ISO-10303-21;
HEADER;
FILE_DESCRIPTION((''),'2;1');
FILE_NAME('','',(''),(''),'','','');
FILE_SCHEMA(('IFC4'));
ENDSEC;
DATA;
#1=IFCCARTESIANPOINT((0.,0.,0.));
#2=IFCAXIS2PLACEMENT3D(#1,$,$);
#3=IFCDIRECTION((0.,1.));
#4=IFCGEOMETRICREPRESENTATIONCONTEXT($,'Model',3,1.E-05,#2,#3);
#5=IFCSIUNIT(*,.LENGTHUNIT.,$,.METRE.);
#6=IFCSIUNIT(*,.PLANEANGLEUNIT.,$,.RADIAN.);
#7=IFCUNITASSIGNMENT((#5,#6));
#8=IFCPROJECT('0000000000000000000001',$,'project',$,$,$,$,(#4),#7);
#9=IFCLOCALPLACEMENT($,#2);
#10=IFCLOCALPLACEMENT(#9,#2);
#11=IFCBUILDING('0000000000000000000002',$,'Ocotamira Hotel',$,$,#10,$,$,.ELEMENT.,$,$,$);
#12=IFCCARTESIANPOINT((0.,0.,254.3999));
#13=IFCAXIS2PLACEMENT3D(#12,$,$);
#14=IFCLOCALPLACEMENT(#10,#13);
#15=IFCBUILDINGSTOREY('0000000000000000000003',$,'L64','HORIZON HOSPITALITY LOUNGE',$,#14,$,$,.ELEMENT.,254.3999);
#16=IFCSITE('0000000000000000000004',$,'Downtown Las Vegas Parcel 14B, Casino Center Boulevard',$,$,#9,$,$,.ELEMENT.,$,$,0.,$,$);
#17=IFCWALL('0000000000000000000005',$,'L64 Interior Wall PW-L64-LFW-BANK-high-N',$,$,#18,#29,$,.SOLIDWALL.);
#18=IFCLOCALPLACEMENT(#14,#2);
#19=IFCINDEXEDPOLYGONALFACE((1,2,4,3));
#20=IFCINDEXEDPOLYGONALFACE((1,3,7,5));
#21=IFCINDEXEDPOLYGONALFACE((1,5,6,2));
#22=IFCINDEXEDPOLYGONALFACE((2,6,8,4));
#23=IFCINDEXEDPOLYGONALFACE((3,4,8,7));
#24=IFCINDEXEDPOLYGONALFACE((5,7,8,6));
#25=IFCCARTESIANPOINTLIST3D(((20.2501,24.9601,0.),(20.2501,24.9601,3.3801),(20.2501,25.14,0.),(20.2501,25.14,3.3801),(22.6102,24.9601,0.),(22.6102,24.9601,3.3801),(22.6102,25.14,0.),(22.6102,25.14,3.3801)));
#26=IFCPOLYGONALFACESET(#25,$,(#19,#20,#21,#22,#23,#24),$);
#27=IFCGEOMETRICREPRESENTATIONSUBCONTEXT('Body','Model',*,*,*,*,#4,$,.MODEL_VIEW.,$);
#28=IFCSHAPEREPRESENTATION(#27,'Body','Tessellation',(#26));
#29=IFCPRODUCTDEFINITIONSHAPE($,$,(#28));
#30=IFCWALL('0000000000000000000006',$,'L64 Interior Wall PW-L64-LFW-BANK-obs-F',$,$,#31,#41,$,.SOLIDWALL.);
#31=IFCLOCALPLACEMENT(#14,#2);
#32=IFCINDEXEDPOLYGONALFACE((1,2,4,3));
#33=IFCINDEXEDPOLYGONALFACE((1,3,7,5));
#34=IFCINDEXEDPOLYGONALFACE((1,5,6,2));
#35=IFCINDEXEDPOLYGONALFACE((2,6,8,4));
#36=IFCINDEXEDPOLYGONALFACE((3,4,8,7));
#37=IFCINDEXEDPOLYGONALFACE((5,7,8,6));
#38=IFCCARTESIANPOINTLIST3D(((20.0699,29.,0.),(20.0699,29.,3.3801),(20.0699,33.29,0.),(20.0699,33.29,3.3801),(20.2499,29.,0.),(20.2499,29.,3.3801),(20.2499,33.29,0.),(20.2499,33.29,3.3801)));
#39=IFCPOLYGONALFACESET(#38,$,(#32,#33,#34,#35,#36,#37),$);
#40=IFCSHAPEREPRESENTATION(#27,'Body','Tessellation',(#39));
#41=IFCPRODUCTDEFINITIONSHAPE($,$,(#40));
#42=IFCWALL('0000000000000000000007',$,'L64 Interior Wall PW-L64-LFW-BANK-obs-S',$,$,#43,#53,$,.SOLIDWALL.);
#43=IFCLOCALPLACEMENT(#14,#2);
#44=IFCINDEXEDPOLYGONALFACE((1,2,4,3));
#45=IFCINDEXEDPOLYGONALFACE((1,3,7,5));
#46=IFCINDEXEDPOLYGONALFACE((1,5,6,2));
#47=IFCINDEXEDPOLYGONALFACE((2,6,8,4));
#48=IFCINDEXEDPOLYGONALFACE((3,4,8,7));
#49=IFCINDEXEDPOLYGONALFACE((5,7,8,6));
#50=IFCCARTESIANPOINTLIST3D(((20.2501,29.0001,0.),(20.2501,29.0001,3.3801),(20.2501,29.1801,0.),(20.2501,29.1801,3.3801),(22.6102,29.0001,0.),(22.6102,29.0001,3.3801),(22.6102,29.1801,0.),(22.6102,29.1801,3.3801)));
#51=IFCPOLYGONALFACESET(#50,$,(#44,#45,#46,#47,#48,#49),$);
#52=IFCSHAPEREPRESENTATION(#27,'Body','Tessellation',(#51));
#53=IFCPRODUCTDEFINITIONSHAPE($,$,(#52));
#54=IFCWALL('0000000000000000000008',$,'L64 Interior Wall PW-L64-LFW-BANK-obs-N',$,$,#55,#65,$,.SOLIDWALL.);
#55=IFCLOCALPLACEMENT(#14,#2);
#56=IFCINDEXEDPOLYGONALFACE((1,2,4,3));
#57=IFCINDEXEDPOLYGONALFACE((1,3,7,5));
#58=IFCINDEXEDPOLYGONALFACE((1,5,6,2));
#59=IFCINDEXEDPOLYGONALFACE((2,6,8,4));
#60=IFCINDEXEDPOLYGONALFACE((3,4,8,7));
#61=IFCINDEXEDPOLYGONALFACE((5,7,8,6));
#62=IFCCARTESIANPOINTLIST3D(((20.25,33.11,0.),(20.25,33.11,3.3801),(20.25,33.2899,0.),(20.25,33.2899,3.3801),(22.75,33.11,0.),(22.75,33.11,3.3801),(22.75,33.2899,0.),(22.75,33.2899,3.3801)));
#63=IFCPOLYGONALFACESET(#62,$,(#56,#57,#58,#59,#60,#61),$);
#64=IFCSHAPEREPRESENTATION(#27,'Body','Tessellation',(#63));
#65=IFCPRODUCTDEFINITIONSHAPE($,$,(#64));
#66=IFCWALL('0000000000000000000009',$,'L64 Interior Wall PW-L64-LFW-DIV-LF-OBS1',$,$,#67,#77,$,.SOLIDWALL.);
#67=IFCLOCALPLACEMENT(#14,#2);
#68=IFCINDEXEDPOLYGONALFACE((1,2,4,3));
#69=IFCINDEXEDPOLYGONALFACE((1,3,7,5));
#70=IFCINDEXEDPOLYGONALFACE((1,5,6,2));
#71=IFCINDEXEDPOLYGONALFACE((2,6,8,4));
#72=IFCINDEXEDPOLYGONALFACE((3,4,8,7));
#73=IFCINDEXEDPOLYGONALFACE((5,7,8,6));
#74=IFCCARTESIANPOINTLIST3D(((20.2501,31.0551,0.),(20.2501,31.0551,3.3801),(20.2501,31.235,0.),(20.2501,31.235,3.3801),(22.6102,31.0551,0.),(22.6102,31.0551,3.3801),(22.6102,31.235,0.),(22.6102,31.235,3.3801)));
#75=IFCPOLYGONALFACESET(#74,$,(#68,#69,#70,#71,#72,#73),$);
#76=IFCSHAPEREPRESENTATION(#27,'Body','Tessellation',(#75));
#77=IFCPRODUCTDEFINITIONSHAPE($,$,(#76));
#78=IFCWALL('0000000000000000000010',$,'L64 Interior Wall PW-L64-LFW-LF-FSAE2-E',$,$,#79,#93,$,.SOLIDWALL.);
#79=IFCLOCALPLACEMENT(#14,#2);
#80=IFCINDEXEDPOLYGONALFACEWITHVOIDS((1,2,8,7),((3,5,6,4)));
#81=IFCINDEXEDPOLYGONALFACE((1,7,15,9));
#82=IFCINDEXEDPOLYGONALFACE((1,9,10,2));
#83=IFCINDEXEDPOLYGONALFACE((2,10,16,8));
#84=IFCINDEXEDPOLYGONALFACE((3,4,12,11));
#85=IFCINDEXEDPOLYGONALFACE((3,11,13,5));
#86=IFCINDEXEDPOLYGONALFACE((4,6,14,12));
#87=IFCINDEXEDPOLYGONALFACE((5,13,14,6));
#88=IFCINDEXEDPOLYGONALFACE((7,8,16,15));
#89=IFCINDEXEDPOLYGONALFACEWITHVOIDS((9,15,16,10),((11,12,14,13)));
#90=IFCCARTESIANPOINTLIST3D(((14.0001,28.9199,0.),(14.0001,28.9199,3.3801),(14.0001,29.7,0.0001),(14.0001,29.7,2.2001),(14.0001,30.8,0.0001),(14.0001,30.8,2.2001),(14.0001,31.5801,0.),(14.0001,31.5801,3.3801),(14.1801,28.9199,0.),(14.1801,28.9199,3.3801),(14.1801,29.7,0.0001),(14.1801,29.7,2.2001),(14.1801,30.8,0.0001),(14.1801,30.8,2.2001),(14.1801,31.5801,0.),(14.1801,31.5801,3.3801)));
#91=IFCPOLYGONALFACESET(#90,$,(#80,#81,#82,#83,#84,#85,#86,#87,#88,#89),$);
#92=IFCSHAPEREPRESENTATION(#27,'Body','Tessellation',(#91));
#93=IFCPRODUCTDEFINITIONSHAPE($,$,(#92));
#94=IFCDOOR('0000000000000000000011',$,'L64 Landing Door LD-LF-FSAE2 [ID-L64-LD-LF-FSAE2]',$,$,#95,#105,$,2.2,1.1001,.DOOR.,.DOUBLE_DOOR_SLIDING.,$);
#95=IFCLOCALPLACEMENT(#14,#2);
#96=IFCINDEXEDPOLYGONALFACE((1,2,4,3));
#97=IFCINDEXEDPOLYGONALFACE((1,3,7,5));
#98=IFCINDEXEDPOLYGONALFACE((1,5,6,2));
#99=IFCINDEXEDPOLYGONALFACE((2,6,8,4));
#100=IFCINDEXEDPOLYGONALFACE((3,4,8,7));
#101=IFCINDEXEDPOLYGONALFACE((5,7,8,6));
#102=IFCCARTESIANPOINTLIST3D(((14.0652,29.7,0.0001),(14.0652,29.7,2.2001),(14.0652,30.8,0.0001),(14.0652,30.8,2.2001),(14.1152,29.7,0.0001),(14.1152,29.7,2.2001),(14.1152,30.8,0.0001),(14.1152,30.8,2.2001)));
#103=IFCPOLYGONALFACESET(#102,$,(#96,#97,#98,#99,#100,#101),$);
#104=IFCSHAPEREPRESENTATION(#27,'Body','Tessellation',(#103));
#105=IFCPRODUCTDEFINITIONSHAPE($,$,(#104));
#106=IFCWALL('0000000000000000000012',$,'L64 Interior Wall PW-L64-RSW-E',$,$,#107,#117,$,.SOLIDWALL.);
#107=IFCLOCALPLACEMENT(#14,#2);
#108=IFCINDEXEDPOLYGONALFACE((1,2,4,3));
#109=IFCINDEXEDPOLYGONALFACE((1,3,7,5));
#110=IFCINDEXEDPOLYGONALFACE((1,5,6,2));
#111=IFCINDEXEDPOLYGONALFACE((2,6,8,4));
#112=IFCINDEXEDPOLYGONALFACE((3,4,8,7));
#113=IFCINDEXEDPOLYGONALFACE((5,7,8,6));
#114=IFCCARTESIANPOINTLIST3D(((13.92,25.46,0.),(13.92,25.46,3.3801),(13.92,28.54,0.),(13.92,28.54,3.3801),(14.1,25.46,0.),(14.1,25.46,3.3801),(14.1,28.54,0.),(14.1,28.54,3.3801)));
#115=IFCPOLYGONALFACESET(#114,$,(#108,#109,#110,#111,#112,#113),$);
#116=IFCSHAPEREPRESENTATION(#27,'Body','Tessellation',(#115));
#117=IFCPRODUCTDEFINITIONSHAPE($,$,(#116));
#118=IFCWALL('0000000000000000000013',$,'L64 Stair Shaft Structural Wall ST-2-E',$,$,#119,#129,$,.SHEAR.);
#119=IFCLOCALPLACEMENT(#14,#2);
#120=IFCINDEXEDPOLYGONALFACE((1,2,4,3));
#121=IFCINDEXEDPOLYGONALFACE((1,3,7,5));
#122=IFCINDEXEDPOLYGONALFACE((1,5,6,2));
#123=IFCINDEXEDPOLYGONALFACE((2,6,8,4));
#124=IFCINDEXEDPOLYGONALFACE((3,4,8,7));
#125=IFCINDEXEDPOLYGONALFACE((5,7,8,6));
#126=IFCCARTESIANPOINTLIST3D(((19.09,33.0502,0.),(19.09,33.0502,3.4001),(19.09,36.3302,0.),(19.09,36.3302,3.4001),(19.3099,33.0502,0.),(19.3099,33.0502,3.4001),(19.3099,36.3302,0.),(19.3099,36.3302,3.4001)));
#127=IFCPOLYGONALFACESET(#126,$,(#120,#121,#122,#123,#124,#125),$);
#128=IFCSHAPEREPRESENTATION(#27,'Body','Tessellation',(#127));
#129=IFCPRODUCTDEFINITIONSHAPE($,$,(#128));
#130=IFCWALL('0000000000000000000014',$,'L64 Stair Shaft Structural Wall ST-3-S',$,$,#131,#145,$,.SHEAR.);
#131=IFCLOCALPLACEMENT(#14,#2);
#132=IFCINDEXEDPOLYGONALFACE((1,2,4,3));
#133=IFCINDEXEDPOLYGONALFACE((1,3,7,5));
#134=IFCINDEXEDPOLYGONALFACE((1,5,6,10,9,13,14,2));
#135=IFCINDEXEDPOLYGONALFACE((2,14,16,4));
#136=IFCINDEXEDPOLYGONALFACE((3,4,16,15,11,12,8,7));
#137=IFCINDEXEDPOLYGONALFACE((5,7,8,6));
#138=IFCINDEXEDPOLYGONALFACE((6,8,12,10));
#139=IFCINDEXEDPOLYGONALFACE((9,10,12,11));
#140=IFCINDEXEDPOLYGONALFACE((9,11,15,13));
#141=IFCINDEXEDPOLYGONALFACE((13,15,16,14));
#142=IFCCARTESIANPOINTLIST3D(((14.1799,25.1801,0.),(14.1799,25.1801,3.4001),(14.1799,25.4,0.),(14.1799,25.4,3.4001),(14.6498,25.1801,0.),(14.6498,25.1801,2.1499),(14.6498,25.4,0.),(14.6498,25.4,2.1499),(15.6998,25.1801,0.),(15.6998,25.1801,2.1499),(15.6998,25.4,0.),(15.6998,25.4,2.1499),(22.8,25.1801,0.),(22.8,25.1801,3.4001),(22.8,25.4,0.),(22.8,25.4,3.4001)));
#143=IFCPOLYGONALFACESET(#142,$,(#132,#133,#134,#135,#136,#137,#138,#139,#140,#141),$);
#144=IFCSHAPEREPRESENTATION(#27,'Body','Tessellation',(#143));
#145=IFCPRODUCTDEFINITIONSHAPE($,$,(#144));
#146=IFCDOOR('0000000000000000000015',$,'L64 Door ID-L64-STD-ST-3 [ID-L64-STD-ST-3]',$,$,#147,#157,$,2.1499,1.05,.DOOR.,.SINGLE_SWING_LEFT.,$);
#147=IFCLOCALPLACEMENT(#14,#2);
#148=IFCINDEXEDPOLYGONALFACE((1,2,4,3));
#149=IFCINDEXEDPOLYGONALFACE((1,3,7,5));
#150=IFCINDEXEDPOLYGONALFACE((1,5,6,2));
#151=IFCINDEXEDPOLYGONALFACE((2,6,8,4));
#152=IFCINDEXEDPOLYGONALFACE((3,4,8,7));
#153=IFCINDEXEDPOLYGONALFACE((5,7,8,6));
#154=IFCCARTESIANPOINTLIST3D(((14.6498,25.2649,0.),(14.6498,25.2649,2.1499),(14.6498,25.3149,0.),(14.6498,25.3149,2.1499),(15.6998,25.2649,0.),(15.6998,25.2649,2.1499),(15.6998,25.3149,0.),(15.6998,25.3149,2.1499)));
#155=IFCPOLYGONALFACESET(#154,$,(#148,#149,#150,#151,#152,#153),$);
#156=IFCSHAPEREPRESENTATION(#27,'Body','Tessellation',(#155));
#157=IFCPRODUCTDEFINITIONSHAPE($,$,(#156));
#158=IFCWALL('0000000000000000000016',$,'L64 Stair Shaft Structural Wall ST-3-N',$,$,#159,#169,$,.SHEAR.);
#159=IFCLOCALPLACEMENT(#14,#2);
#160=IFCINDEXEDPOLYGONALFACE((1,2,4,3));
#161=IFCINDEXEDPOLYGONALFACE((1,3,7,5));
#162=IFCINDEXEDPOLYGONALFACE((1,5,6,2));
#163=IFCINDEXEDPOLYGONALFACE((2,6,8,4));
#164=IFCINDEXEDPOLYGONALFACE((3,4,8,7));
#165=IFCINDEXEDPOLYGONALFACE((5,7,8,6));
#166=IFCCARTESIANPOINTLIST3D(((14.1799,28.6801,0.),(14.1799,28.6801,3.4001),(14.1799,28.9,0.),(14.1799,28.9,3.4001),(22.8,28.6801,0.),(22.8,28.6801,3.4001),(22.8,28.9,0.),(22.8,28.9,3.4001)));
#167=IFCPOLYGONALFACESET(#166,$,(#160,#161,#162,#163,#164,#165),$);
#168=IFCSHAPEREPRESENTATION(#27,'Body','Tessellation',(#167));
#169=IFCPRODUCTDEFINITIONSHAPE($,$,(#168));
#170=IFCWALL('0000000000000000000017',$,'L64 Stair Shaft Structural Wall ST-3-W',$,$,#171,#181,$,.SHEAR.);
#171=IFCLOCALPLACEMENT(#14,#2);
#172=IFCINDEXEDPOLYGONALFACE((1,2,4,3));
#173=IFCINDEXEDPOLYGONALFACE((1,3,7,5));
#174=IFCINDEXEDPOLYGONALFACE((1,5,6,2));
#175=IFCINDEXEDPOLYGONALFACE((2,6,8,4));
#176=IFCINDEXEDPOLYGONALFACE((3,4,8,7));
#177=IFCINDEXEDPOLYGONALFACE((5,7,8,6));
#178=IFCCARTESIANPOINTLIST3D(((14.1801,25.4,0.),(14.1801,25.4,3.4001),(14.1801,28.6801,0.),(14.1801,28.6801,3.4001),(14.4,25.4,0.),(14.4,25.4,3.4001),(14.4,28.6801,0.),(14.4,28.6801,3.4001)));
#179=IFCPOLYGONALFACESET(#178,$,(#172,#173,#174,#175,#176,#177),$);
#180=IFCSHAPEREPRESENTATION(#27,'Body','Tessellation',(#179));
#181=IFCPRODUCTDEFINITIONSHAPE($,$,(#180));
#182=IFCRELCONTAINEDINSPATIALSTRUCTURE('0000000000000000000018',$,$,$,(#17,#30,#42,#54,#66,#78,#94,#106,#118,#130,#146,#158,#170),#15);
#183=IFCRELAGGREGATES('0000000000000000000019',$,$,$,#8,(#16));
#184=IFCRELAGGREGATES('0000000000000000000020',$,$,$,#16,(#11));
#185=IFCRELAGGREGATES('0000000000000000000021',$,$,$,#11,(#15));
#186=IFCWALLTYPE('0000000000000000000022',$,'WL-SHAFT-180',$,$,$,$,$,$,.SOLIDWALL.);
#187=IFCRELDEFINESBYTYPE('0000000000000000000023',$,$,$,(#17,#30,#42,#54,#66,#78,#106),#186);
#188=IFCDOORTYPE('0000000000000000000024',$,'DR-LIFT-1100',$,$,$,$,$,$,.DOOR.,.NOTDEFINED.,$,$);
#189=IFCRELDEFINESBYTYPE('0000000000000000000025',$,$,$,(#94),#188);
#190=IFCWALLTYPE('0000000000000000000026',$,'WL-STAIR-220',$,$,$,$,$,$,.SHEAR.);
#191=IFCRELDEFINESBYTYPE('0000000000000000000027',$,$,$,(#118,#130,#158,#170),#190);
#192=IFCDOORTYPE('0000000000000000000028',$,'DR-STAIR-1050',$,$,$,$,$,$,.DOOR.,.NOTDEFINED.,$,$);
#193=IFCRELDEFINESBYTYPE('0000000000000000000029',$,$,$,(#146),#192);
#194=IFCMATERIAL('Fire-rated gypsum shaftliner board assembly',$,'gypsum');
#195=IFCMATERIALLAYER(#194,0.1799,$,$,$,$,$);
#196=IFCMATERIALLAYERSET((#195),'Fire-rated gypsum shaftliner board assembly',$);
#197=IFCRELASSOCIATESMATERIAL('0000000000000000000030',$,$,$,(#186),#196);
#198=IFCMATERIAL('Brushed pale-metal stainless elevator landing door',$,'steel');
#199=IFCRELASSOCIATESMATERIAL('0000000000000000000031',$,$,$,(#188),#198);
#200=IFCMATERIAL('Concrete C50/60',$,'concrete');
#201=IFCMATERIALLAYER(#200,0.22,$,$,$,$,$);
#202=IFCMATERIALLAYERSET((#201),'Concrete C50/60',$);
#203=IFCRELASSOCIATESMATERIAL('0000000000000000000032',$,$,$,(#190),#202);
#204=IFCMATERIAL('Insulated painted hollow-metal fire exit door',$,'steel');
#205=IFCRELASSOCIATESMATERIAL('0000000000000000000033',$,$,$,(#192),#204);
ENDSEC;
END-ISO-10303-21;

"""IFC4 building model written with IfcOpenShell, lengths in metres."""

from ifc_helpers import new_model, si_unit, direction, frame, frame_2d, origin, place, context, subcontext, project, spatial, rectangle, extrude, source, transform, mapped, material, layer, layer_set, type_object, element, fill, save


model = new_model("IFC4")

# Units and contexts
model_context = context("Model", 3, precision=1e-05, world=origin(), true_north=direction((0.0, 1.0)))
body_context = subcontext(model_context, "Body", "Model", "MODEL_VIEW")
ifc_project = project(units=[si_unit("LENGTHUNIT", "METRE"), si_unit("PLANEANGLEUNIT", "RADIAN")], contexts=[model_context])

# Site, building, storey
site_placement = place(None, origin())
site = spatial("IfcSite", under=ifc_project, at=site_placement, Name="Downtown Las Vegas Parcel 14B, Casino Center Boulevard", CompositionType="ELEMENT", RefElevation=0.0)
building_placement = place(site_placement, origin())
building = spatial("IfcBuilding", under=site, at=building_placement, Name="Ocotamira Hotel", CompositionType="ELEMENT")
storey_placement = place(building_placement, frame((0.0, 0.0, 254.3999)))
storey = spatial("IfcBuildingStorey", under=building, at=storey_placement, Name="L64", Description="HORIZON HOSPITALITY LOUNGE", CompositionType="ELEMENT", Elevation=254.3999)

# Walls
ifc_material_1 = material(Name="Fire-rated gypsum shaftliner board assembly", Category="gypsum")
ifc_layer_1 = layer(ifc_material_1, 0.1799)
ifc_layer_set_1 = layer_set([ifc_layer_1], Name="Fire-rated gypsum shaftliner board assembly")
wall_type_1 = type_object("IfcWallType", Name="WL-SHAFT-180", PredefinedType="SOLIDWALL", material=ifc_layer_set_1)
wall_1_placement = place(storey_placement, frame((20.25, 25.05, 0.0), z_axis=(0.0, 0.0, 1.0), x_axis=(1.0, 0.0, 0.0)))
element("IfcWall", 1, at=wall_1_placement, inside=storey, type_object=wall_type_1, Name="L64 Interior Wall PW-L64-LFW-BANK-high-N", PredefinedType="SOLIDWALL", context=body_context, shape_type="SweptSolid", body=[
    extrude(rectangle(XDim=2.3601, YDim=0.1799, at=frame_2d((1.1802, 0.0))), origin(), (0.0, 0.0, 1.0), 3.3801),
])
wall_2_placement = place(storey_placement, frame((20.1599, 29.0, 0.0), z_axis=(0.0, 0.0, 1.0), x_axis=(0.0, 1.0, 0.0)))
element("IfcWall", 2, at=wall_2_placement, inside=storey, type_object=wall_type_1, Name="L64 Interior Wall PW-L64-LFW-BANK-obs-F", PredefinedType="SOLIDWALL", context=body_context, shape_type="SweptSolid", body=[
    extrude(rectangle(XDim=4.29, YDim=0.1799, at=frame_2d((2.145, 0.0))), origin(), (0.0, 0.0, 1.0), 3.3801),
])
wall_3_placement = place(storey_placement, frame((20.25, 29.0901, 0.0), z_axis=(0.0, 0.0, 1.0), x_axis=(1.0, 0.0, 0.0)))
element("IfcWall", 3, at=wall_3_placement, inside=storey, type_object=wall_type_1, Name="L64 Interior Wall PW-L64-LFW-BANK-obs-S", PredefinedType="SOLIDWALL", context=body_context, shape_type="SweptSolid", body=[
    extrude(rectangle(XDim=2.3601, YDim=0.1799, at=frame_2d((1.1802, 0.0))), origin(), (0.0, 0.0, 1.0), 3.3801),
])
wall_4_placement = place(storey_placement, frame((20.25, 33.2, 0.0), z_axis=(0.0, 0.0, 1.0), x_axis=(1.0, 0.0, 0.0)))
element("IfcWall", 4, at=wall_4_placement, inside=storey, type_object=wall_type_1, Name="L64 Interior Wall PW-L64-LFW-BANK-obs-N", PredefinedType="SOLIDWALL", context=body_context, shape_type="SweptSolid", body=[
    extrude(rectangle(XDim=2.5, YDim=0.1799, at=frame_2d((1.25, 0.0))), origin(), (0.0, 0.0, 1.0), 3.3801),
])
wall_5_placement = place(storey_placement, frame((20.25, 31.145, 0.0), z_axis=(0.0, 0.0, 1.0), x_axis=(1.0, 0.0, 0.0)))
element("IfcWall", 5, at=wall_5_placement, inside=storey, type_object=wall_type_1, Name="L64 Interior Wall PW-L64-LFW-DIV-LF-OBS1", PredefinedType="SOLIDWALL", context=body_context, shape_type="SweptSolid", body=[
    extrude(rectangle(XDim=2.3601, YDim=0.1799, at=frame_2d((1.1802, 0.0))), origin(), (0.0, 0.0, 1.0), 3.3801),
])

# Wall, opening, door
wall_6_placement = place(storey_placement, frame((14.0901, 28.9199, 0.0), z_axis=(0.0, 0.0, 1.0), x_axis=(0.0, 1.0, 0.0)))
wall_6 = element("IfcWall", 6, at=wall_6_placement, inside=storey, type_object=wall_type_1, Name="L64 Interior Wall PW-L64-LFW-LF-FSAE2-E", PredefinedType="SOLIDWALL", context=body_context, shape_type="SweptSolid", body=[
    extrude(rectangle(XDim=2.6602, YDim=0.1799, at=frame_2d((1.3301, 0.0))), origin(), (0.0, 0.0, 1.0), 3.3801),
])
opening_1_placement = place(wall_6_placement, frame((0.78, 0.0, 0.0)))
opening_1 = element("IfcOpeningElement", 7, at=opening_1_placement, cuts=wall_6, PredefinedType="OPENING", context=body_context, shape_type="SweptSolid", body=[
    extrude(rectangle(XDim=1.1001, YDim=2.2, at=frame_2d((0.55, 1.1001))), frame((0.0, 0.1001, 0.0), z_axis=(0.0, -1.0, 0.0), x_axis=(1.0, 0.0, 0.0)), (0.0, 0.0, 1.0), 0.2),
])
ifc_material_2 = material(Name="Brushed pale-metal stainless elevator landing door", Category="steel")
door_type_1 = type_object("IfcDoorType", Name="DR-LIFT-1100", OperationType="NOTDEFINED", PredefinedType="DOOR", material=ifc_material_2)
shared_shape_1 = source(origin(), body_context, "Body", "SweptSolid", [
    extrude(rectangle(XDim=1.1001, YDim=2.2, at=frame_2d((0.55, 1.1001))), frame((0.0, 0.0249, 0.0), z_axis=(0.0, -1.0, 0.0), x_axis=(1.0, 0.0, 0.0)), (0.0, 0.0, 1.0), 0.05),
])
door_1_placement = place(opening_1_placement, origin())
door_1 = element("IfcDoor", 8, at=door_1_placement, inside=storey, type_object=door_type_1, Name="L64 Landing Door LD-LF-FSAE2 [ID-L64-LD-LF-FSAE2]", OperationType="DOUBLE_DOOR_SLIDING", OverallHeight=2.2, OverallWidth=1.1001, PredefinedType="DOOR", context=body_context, shape_type="MappedRepresentation", body=[
    mapped(shared_shape_1, transform((0.0, 0.0, 0.0), scale=1.0)),
])
fill(opening_1, door_1)

# Walls
wall_7_placement = place(storey_placement, frame((14.01, 25.46, 0.0), z_axis=(0.0, 0.0, 1.0), x_axis=(0.0, 1.0, 0.0)))
element("IfcWall", 9, at=wall_7_placement, inside=storey, type_object=wall_type_1, Name="L64 Interior Wall PW-L64-RSW-E", PredefinedType="SOLIDWALL", context=body_context, shape_type="SweptSolid", body=[
    extrude(rectangle(XDim=3.0801, YDim=0.1799, at=frame_2d((1.54, 0.0))), origin(), (0.0, 0.0, 1.0), 3.3801),
])
ifc_material_3 = material(Name="Concrete C50/60", Category="concrete")
ifc_layer_2 = layer(ifc_material_3, 0.22)
ifc_layer_set_2 = layer_set([ifc_layer_2], Name="Concrete C50/60")
wall_type_2 = type_object("IfcWallType", Name="WL-STAIR-220", PredefinedType="SHEAR", material=ifc_layer_set_2)
wall_8_placement = place(storey_placement, frame((19.2, 33.05, 0.0), z_axis=(0.0, 0.0, 1.0), x_axis=(0.0, 1.0, 0.0)))
element("IfcWall", 10, at=wall_8_placement, inside=storey, type_object=wall_type_2, Name="L64 Stair Shaft Structural Wall ST-2-E", PredefinedType="SHEAR", context=body_context, shape_type="SweptSolid", body=[
    extrude(rectangle(XDim=3.28, YDim=0.22, at=frame_2d((1.6401, 0.0))), origin(), (0.0, 0.0, 1.0), 3.4001),
])

# Wall, opening, door
wall_9_placement = place(storey_placement, frame((14.1799, 25.29, 0.0), z_axis=(0.0, 0.0, 1.0), x_axis=(1.0, 0.0, 0.0)))
wall_9 = element("IfcWall", 11, at=wall_9_placement, inside=storey, type_object=wall_type_2, Name="L64 Stair Shaft Structural Wall ST-3-S", PredefinedType="SHEAR", context=body_context, shape_type="SweptSolid", body=[
    extrude(rectangle(XDim=8.6201, YDim=0.22, at=frame_2d((4.3101, 0.0))), origin(), (0.0, 0.0, 1.0), 3.4001),
])
opening_2_placement = place(wall_9_placement, frame((0.47, 0.0, 0.0)))
opening_2 = element("IfcOpeningElement", 12, at=opening_2_placement, cuts=wall_9, PredefinedType="OPENING", context=body_context, shape_type="SweptSolid", body=[
    extrude(rectangle(XDim=1.05, YDim=2.1499, at=frame_2d((0.5249, 1.075))), frame((0.0, 0.1201, 0.0), z_axis=(0.0, -1.0, 0.0), x_axis=(1.0, 0.0, 0.0)), (0.0, 0.0, 1.0), 0.24),
])
ifc_material_4 = material(Name="Insulated painted hollow-metal fire exit door", Category="steel")
door_type_2 = type_object("IfcDoorType", Name="DR-STAIR-1050", OperationType="NOTDEFINED", PredefinedType="DOOR", material=ifc_material_4)
shared_shape_2 = source(origin(), body_context, "Body", "SweptSolid", [
    extrude(rectangle(XDim=1.05, YDim=2.1499, at=frame_2d((0.5249, 1.075))), frame((0.0, 0.0249, 0.0), z_axis=(0.0, -1.0, 0.0), x_axis=(1.0, 0.0, 0.0)), (0.0, 0.0, 1.0), 0.05),
])
door_2_placement = place(opening_2_placement, origin())
door_2 = element("IfcDoor", 13, at=door_2_placement, inside=storey, type_object=door_type_2, Name="L64 Door ID-L64-STD-ST-3 [ID-L64-STD-ST-3]", OperationType="SINGLE_SWING_LEFT", OverallHeight=2.1499, OverallWidth=1.05, PredefinedType="DOOR", context=body_context, shape_type="MappedRepresentation", body=[
    mapped(shared_shape_2, transform((0.0, 0.0, 0.0), scale=1.0)),
])
fill(opening_2, door_2)

# Walls
wall_10_placement = place(storey_placement, frame((14.1799, 28.79, 0.0), z_axis=(0.0, 0.0, 1.0), x_axis=(1.0, 0.0, 0.0)))
element("IfcWall", 14, at=wall_10_placement, inside=storey, type_object=wall_type_2, Name="L64 Stair Shaft Structural Wall ST-3-N", PredefinedType="SHEAR", context=body_context, shape_type="SweptSolid", body=[
    extrude(rectangle(XDim=8.6201, YDim=0.22, at=frame_2d((4.3101, 0.0))), origin(), (0.0, 0.0, 1.0), 3.4001),
])
for number, where, z_axis, x_axis, name in (
    (15, (14.29, 25.3999, 0.0), (0.0, 0.0, 1.0), (0.0, 1.0, 0.0), "L64 Stair Shaft Structural Wall ST-3-W"),
):
    element("IfcWall", number, at=place(storey_placement, frame(where, z_axis=z_axis, x_axis=x_axis)), inside=storey, type_object=wall_type_2, Name=name, PredefinedType="SHEAR", context=body_context, shape_type="SweptSolid", body=[
        extrude(rectangle(XDim=3.28, YDim=0.22, at=frame_2d((1.6401, 0.0))), origin(), (0.0, 0.0, 1.0), 3.4001),
    ])

save(model, "model.ifc")
